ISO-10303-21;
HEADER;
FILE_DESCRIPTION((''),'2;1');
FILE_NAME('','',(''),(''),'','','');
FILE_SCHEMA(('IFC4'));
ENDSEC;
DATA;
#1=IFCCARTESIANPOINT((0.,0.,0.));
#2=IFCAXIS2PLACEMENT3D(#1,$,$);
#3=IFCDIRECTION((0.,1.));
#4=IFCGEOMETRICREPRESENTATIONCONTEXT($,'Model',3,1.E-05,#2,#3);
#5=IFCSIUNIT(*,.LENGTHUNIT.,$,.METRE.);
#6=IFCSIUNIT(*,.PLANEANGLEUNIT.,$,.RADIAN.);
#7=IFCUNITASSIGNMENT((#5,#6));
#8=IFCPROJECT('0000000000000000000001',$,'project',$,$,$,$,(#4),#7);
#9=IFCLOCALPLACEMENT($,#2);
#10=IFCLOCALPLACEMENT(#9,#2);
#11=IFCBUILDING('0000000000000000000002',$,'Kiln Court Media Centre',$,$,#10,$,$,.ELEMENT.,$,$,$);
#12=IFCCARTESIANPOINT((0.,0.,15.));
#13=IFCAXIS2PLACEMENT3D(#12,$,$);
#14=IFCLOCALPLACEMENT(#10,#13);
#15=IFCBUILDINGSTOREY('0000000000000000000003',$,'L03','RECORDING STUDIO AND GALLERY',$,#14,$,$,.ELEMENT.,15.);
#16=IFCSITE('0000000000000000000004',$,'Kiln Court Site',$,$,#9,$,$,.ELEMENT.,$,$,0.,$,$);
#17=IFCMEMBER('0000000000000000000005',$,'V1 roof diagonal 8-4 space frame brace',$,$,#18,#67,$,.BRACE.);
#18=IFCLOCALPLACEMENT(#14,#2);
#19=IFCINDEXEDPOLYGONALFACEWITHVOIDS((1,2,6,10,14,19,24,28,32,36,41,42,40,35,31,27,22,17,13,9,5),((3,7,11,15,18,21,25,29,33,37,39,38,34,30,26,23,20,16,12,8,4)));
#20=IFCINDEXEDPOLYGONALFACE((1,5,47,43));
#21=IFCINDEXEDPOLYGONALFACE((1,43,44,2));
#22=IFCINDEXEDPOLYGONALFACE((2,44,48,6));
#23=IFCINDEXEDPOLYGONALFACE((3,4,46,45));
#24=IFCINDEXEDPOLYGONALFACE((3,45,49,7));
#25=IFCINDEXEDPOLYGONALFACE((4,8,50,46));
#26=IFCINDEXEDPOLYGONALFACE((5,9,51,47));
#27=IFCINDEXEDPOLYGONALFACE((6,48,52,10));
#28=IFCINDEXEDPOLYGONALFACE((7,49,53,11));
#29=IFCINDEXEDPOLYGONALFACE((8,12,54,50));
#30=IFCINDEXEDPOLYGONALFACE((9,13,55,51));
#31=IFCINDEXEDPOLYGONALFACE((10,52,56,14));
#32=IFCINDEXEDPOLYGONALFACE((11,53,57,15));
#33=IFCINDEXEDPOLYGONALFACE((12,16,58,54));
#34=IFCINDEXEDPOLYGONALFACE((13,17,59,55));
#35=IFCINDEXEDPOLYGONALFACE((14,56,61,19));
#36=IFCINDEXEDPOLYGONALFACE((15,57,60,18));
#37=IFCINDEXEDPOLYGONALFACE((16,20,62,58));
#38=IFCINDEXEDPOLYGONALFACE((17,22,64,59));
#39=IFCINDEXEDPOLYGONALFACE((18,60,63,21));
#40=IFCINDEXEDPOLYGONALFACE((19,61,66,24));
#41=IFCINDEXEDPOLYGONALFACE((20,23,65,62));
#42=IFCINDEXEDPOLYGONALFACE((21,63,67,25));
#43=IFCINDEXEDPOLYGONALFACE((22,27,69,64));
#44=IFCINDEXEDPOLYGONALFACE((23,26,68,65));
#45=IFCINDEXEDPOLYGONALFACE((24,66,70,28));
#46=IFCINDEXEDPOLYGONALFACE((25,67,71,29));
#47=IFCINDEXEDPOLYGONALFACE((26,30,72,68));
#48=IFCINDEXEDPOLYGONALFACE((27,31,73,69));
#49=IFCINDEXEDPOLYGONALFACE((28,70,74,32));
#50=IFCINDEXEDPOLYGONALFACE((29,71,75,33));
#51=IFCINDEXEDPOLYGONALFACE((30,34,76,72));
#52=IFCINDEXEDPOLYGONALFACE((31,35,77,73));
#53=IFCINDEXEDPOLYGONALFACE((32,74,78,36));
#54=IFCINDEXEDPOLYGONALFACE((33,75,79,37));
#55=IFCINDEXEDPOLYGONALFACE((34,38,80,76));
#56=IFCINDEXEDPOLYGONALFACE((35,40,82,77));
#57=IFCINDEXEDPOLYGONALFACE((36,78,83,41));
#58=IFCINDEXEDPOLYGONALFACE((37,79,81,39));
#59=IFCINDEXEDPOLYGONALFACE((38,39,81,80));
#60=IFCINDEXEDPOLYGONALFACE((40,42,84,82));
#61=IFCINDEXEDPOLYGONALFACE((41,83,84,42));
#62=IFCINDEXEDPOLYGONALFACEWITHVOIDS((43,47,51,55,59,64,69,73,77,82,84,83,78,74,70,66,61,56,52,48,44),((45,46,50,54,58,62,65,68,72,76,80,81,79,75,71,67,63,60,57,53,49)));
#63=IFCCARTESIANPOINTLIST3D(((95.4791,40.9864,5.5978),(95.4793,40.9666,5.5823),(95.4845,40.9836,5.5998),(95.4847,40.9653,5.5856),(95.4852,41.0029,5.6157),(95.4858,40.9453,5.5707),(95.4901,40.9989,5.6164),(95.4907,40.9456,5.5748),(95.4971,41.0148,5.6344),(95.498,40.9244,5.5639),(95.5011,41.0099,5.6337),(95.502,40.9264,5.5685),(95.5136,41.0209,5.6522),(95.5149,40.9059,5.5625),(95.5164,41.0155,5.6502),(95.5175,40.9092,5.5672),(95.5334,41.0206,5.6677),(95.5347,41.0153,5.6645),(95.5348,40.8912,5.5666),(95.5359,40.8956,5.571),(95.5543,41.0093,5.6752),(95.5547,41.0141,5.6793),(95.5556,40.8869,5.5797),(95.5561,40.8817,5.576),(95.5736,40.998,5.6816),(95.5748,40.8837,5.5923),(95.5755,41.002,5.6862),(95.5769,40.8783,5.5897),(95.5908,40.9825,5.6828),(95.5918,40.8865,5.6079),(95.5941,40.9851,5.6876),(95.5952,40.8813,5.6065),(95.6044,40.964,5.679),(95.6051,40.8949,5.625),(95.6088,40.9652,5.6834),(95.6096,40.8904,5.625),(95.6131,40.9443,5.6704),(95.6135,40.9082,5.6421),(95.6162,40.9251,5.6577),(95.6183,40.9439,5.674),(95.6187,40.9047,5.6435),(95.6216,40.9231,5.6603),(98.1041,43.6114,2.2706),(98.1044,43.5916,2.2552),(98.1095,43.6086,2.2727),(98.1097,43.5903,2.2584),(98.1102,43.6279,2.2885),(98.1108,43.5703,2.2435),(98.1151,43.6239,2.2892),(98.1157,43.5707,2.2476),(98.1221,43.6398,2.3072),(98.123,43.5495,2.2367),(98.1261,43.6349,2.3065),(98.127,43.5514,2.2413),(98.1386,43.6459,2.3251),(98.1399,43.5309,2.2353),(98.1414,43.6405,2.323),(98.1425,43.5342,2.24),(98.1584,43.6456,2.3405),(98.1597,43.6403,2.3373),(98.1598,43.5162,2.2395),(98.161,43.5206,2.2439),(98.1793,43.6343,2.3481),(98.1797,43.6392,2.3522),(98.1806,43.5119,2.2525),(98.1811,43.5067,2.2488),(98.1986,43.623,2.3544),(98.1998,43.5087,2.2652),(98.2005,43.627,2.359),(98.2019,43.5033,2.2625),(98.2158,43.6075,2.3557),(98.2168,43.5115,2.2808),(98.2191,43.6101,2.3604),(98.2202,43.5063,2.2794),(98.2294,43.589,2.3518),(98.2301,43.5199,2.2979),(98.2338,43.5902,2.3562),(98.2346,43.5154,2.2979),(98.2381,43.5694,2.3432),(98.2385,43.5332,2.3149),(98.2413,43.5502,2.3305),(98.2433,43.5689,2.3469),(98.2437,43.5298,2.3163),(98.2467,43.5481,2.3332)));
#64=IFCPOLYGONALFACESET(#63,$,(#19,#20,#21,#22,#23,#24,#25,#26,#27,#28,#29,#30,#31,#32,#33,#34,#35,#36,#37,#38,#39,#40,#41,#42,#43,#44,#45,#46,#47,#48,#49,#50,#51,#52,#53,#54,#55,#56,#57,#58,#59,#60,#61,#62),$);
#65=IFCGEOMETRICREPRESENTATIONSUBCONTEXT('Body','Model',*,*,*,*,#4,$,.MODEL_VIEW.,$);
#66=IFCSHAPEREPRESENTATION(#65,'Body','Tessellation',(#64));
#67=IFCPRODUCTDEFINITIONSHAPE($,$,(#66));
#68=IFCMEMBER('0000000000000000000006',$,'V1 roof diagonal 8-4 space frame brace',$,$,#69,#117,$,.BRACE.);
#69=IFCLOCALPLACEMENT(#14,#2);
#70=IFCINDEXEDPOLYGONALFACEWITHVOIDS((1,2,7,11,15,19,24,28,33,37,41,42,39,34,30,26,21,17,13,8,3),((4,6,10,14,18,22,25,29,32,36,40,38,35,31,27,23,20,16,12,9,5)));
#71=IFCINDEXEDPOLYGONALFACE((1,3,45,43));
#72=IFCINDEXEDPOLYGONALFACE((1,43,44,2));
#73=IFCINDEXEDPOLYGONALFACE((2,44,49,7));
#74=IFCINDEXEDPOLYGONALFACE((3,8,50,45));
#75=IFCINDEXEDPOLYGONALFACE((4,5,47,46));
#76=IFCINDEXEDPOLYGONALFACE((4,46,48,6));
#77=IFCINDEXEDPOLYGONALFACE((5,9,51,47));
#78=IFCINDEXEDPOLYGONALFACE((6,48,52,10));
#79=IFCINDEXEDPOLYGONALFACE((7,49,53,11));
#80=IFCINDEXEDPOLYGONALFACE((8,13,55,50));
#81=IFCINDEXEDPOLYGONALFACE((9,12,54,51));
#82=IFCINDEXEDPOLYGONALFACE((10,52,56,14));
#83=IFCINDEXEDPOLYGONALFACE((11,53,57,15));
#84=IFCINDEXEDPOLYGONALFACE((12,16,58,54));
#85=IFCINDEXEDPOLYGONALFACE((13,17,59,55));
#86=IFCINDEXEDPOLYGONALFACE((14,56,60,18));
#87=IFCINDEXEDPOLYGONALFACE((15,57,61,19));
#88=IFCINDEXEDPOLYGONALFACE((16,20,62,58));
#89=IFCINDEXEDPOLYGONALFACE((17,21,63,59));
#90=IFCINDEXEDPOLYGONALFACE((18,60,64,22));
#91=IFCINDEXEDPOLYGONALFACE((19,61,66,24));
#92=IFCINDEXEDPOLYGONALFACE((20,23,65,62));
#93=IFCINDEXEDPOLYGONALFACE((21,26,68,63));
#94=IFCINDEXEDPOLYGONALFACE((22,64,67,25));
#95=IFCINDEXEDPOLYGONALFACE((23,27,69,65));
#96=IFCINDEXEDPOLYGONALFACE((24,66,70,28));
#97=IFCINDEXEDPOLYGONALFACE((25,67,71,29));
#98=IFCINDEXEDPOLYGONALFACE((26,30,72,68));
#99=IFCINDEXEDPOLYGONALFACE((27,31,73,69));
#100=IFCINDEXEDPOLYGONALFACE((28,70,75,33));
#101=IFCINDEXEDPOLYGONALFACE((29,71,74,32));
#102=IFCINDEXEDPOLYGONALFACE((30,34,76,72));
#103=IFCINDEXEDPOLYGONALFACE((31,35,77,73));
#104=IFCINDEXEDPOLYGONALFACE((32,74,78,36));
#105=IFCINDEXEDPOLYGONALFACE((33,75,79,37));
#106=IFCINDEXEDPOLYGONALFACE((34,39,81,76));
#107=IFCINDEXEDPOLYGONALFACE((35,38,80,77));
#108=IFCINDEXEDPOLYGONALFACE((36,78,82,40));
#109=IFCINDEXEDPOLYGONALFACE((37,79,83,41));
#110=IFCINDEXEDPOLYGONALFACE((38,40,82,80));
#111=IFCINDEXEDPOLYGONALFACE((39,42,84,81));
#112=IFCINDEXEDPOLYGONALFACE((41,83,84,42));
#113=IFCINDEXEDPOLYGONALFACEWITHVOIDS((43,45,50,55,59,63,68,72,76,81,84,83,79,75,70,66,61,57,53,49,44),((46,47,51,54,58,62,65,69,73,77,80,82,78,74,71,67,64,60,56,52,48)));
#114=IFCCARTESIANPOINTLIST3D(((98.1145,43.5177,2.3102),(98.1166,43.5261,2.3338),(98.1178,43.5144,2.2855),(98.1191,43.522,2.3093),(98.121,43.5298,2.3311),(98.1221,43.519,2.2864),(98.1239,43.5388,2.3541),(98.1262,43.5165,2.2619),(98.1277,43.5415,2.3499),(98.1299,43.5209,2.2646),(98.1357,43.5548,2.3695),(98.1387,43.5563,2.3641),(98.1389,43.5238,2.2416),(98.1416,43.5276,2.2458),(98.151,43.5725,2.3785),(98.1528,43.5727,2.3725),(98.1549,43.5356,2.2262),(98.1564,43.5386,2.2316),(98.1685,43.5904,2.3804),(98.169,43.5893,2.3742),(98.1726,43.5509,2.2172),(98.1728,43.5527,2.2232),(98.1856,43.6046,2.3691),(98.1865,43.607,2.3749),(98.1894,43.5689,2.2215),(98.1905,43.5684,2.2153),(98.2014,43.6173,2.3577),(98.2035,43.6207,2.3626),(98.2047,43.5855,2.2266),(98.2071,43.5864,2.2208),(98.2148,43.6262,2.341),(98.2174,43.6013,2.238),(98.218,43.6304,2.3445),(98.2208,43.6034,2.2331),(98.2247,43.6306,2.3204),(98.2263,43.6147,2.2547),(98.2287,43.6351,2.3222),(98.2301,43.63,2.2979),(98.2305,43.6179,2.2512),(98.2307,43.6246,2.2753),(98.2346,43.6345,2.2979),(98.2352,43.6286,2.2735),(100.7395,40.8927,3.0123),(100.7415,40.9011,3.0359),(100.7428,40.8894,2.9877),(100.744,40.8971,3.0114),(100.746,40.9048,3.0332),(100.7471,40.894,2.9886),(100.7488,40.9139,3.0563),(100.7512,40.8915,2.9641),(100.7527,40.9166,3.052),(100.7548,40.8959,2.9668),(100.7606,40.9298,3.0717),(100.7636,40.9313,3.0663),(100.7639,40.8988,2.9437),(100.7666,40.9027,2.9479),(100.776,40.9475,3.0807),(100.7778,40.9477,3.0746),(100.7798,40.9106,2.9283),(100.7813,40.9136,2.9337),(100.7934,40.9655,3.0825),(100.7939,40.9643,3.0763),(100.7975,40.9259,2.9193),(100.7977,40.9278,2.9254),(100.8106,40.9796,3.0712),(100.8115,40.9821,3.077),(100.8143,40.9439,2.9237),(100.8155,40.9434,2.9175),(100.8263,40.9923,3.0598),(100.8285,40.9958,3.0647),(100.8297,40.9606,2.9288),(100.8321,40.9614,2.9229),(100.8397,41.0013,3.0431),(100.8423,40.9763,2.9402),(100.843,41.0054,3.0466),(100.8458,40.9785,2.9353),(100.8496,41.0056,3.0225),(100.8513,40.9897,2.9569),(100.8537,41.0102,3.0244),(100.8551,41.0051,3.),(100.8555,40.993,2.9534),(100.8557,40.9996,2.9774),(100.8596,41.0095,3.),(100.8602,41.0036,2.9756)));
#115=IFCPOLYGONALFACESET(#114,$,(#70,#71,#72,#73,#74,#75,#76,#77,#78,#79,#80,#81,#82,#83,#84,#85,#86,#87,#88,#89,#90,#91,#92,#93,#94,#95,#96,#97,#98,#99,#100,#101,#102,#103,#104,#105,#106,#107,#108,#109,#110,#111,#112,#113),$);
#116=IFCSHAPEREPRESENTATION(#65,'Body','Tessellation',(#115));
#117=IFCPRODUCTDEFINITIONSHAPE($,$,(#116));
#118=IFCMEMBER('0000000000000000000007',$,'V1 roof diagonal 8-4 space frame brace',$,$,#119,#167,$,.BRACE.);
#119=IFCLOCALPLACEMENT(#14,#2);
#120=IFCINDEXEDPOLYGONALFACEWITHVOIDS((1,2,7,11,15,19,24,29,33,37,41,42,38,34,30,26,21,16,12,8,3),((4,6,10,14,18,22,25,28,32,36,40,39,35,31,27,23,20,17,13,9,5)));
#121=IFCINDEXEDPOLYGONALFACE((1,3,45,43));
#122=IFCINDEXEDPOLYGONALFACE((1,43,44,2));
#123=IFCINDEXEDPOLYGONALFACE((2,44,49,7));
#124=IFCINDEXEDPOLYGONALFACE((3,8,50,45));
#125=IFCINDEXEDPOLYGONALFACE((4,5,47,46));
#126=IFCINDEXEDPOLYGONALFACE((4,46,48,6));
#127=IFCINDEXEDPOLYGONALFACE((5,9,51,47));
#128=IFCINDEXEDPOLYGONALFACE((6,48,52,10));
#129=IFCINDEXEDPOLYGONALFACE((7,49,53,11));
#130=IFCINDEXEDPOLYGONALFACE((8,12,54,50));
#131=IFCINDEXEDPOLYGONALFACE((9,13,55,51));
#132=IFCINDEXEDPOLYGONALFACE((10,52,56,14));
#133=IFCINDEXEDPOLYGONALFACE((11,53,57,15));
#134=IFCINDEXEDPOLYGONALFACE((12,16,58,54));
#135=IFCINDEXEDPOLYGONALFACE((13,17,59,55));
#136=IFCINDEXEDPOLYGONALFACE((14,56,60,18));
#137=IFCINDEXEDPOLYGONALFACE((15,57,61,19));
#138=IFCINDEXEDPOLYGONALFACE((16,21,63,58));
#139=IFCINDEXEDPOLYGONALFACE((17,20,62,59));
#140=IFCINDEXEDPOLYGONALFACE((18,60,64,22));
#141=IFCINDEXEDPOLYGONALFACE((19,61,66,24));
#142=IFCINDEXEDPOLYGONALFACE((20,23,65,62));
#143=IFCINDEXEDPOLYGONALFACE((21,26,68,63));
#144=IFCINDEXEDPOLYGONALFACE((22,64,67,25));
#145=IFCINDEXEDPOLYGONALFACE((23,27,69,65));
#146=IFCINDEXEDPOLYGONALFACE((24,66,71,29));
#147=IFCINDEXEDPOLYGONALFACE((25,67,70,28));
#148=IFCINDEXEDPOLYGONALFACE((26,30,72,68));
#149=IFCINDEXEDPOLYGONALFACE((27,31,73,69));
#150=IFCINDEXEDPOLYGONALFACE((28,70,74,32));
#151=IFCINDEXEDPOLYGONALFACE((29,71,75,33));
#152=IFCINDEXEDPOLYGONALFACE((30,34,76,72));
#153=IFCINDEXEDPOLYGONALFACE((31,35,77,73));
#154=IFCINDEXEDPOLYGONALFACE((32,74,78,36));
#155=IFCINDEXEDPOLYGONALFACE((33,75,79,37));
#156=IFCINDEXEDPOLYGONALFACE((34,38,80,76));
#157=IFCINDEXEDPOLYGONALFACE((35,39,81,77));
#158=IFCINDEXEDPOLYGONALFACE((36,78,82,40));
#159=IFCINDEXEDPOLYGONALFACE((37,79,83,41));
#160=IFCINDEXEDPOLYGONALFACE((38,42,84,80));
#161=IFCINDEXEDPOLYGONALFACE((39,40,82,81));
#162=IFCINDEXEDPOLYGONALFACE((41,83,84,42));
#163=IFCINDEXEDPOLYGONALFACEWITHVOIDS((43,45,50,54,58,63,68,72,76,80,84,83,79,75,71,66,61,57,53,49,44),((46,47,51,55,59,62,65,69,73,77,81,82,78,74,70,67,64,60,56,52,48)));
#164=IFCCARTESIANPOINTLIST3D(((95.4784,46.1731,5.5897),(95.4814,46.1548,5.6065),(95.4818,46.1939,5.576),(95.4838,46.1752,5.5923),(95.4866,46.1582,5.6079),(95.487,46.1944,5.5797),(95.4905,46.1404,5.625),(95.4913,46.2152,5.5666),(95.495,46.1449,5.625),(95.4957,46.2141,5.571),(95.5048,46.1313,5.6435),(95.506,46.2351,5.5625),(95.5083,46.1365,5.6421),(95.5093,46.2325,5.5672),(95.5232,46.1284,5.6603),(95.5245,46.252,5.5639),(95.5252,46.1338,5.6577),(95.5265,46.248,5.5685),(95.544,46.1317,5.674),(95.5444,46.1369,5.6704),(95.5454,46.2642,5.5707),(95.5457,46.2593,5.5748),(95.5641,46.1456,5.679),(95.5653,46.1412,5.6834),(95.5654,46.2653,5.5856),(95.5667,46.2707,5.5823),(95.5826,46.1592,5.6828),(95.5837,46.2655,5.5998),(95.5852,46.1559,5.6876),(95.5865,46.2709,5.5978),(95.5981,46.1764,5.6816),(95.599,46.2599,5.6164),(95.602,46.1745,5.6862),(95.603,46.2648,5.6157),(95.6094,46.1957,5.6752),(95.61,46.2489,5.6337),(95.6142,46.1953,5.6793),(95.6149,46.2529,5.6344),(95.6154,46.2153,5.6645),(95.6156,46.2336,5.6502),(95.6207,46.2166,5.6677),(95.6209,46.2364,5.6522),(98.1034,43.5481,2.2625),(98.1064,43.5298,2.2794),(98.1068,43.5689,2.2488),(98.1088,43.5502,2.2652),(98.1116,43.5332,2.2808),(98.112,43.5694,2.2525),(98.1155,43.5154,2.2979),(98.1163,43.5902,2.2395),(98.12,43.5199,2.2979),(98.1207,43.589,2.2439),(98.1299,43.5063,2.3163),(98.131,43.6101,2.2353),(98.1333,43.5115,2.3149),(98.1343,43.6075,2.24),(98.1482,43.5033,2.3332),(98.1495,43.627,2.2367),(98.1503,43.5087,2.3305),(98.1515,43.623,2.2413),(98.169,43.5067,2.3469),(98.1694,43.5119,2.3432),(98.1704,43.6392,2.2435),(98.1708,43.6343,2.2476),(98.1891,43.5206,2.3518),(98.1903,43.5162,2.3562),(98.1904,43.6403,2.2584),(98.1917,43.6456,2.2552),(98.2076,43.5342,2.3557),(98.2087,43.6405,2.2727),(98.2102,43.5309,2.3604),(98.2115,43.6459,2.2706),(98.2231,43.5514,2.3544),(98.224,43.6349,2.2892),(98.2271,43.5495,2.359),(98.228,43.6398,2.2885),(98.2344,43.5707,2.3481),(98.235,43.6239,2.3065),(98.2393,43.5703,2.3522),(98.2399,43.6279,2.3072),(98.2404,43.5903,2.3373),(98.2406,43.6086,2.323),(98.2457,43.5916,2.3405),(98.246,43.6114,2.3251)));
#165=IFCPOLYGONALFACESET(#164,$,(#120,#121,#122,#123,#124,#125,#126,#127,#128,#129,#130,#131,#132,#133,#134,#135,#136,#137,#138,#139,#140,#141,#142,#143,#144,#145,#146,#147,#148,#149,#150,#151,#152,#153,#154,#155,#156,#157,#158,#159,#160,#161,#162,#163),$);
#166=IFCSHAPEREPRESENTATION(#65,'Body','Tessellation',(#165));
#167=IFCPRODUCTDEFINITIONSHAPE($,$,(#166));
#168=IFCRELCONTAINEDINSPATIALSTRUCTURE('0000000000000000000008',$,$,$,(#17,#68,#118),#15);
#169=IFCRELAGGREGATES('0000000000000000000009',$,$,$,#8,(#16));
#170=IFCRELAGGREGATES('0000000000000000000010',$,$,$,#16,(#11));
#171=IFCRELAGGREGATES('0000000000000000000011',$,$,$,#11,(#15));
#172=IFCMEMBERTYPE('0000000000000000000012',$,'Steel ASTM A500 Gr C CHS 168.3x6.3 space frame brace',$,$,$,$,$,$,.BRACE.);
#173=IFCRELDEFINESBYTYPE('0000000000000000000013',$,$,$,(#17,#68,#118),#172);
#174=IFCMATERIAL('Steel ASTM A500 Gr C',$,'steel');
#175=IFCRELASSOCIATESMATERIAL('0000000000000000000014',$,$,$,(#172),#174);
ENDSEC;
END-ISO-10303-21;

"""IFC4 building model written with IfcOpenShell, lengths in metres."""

from ifc_helpers import new_model, si_unit, direction, frame, origin, origin_2d, place, context, subcontext, project, spatial, hollow_circle, extrude, material, material_profile, profile_set, type_object, element, save


model = new_model("IFC4")

# Units and contexts
model_context = context("Model", 3, precision=1e-05, world=origin(), true_north=direction((0.0, 1.0)))
body_context = subcontext(model_context, "Body", "Model", "MODEL_VIEW")
ifc_project = project(units=[si_unit("LENGTHUNIT", "METRE"), si_unit("PLANEANGLEUNIT", "RADIAN")], contexts=[model_context])

# Site, building, storey
site_placement = place(None, origin())
site = spatial("IfcSite", under=ifc_project, at=site_placement, Name="Kiln Court Site", CompositionType="ELEMENT", RefElevation=0.0)
building_placement = place(site_placement, origin())
building = spatial("IfcBuilding", under=site, at=building_placement, Name="Kiln Court Media Centre", CompositionType="ELEMENT")
storey_placement = place(building_placement, frame((0.0, 0.0, 15.0)))
storey = spatial("IfcBuildingStorey", under=building, at=storey_placement, Name="L03", Description="RECORDING STUDIO AND GALLERY", CompositionType="ELEMENT", Elevation=15.0)

# Members
ifc_material_1 = material(Name="Steel ASTM A500 Gr C", Category="steel")
ifc_material_profile_1 = material_profile(ifc_material_1, hollow_circle(Radius=0.0842, WallThickness=0.0063, at=origin_2d()), Name="CHS 168.3x6.3")
ifc_profile_set_1 = profile_set([ifc_material_profile_1], Name="Steel ASTM A500 Gr C")
member_type_1 = type_object("IfcMemberType", Name="Steel ASTM A500 Gr C CHS 168.3x6.3 space frame brace", PredefinedType="BRACE", material=ifc_profile_set_1)
member_1_placement = place(storey_placement, frame((98.175, 43.575, 2.2979), z_axis=(-0.52657, -0.52657, 0.667419), x_axis=(0.707107, -0.707107, 0.0)))
element("IfcMember", 1, at=member_1_placement, inside=storey, type_object=member_type_1, Name="V1 roof diagonal 8-4 space frame brace", PredefinedType="BRACE", context=body_context, shape_type="SweptSolid", body=[
    extrude(hollow_circle(Radius=0.0842, WallThickness=0.0063, at=origin_2d()), origin(), (0.0, 0.0, 1.0), 4.9851),
])
member_2_placement = place(storey_placement, frame((98.175, 43.575, 2.2979), z_axis=(0.694788, -0.694788, 0.185846), x_axis=(0.707107, 0.707107, 0.0)))
element("IfcMember", 2, at=member_2_placement, inside=storey, type_object=member_type_1, Name="V1 roof diagonal 8-4 space frame brace", PredefinedType="BRACE", context=body_context, shape_type="SweptSolid", body=[
    extrude(hollow_circle(Radius=0.0842, WallThickness=0.0063, at=origin_2d()), origin(), (0.0, 0.0, 1.0), 3.7781),
])
member_3_placement = place(storey_placement, frame((98.175, 43.575, 2.2979), z_axis=(-0.52657, 0.52657, 0.667419), x_axis=(-0.707107, -0.707107, 0.0)))
element("IfcMember", 3, at=member_3_placement, inside=storey, type_object=member_type_1, Name="V1 roof diagonal 8-4 space frame brace", PredefinedType="BRACE", context=body_context, shape_type="SweptSolid", body=[
    extrude(hollow_circle(Radius=0.0842, WallThickness=0.0063, at=origin_2d()), origin(), (0.0, 0.0, 1.0), 4.9851),
])

save(model, "model.ifc")
